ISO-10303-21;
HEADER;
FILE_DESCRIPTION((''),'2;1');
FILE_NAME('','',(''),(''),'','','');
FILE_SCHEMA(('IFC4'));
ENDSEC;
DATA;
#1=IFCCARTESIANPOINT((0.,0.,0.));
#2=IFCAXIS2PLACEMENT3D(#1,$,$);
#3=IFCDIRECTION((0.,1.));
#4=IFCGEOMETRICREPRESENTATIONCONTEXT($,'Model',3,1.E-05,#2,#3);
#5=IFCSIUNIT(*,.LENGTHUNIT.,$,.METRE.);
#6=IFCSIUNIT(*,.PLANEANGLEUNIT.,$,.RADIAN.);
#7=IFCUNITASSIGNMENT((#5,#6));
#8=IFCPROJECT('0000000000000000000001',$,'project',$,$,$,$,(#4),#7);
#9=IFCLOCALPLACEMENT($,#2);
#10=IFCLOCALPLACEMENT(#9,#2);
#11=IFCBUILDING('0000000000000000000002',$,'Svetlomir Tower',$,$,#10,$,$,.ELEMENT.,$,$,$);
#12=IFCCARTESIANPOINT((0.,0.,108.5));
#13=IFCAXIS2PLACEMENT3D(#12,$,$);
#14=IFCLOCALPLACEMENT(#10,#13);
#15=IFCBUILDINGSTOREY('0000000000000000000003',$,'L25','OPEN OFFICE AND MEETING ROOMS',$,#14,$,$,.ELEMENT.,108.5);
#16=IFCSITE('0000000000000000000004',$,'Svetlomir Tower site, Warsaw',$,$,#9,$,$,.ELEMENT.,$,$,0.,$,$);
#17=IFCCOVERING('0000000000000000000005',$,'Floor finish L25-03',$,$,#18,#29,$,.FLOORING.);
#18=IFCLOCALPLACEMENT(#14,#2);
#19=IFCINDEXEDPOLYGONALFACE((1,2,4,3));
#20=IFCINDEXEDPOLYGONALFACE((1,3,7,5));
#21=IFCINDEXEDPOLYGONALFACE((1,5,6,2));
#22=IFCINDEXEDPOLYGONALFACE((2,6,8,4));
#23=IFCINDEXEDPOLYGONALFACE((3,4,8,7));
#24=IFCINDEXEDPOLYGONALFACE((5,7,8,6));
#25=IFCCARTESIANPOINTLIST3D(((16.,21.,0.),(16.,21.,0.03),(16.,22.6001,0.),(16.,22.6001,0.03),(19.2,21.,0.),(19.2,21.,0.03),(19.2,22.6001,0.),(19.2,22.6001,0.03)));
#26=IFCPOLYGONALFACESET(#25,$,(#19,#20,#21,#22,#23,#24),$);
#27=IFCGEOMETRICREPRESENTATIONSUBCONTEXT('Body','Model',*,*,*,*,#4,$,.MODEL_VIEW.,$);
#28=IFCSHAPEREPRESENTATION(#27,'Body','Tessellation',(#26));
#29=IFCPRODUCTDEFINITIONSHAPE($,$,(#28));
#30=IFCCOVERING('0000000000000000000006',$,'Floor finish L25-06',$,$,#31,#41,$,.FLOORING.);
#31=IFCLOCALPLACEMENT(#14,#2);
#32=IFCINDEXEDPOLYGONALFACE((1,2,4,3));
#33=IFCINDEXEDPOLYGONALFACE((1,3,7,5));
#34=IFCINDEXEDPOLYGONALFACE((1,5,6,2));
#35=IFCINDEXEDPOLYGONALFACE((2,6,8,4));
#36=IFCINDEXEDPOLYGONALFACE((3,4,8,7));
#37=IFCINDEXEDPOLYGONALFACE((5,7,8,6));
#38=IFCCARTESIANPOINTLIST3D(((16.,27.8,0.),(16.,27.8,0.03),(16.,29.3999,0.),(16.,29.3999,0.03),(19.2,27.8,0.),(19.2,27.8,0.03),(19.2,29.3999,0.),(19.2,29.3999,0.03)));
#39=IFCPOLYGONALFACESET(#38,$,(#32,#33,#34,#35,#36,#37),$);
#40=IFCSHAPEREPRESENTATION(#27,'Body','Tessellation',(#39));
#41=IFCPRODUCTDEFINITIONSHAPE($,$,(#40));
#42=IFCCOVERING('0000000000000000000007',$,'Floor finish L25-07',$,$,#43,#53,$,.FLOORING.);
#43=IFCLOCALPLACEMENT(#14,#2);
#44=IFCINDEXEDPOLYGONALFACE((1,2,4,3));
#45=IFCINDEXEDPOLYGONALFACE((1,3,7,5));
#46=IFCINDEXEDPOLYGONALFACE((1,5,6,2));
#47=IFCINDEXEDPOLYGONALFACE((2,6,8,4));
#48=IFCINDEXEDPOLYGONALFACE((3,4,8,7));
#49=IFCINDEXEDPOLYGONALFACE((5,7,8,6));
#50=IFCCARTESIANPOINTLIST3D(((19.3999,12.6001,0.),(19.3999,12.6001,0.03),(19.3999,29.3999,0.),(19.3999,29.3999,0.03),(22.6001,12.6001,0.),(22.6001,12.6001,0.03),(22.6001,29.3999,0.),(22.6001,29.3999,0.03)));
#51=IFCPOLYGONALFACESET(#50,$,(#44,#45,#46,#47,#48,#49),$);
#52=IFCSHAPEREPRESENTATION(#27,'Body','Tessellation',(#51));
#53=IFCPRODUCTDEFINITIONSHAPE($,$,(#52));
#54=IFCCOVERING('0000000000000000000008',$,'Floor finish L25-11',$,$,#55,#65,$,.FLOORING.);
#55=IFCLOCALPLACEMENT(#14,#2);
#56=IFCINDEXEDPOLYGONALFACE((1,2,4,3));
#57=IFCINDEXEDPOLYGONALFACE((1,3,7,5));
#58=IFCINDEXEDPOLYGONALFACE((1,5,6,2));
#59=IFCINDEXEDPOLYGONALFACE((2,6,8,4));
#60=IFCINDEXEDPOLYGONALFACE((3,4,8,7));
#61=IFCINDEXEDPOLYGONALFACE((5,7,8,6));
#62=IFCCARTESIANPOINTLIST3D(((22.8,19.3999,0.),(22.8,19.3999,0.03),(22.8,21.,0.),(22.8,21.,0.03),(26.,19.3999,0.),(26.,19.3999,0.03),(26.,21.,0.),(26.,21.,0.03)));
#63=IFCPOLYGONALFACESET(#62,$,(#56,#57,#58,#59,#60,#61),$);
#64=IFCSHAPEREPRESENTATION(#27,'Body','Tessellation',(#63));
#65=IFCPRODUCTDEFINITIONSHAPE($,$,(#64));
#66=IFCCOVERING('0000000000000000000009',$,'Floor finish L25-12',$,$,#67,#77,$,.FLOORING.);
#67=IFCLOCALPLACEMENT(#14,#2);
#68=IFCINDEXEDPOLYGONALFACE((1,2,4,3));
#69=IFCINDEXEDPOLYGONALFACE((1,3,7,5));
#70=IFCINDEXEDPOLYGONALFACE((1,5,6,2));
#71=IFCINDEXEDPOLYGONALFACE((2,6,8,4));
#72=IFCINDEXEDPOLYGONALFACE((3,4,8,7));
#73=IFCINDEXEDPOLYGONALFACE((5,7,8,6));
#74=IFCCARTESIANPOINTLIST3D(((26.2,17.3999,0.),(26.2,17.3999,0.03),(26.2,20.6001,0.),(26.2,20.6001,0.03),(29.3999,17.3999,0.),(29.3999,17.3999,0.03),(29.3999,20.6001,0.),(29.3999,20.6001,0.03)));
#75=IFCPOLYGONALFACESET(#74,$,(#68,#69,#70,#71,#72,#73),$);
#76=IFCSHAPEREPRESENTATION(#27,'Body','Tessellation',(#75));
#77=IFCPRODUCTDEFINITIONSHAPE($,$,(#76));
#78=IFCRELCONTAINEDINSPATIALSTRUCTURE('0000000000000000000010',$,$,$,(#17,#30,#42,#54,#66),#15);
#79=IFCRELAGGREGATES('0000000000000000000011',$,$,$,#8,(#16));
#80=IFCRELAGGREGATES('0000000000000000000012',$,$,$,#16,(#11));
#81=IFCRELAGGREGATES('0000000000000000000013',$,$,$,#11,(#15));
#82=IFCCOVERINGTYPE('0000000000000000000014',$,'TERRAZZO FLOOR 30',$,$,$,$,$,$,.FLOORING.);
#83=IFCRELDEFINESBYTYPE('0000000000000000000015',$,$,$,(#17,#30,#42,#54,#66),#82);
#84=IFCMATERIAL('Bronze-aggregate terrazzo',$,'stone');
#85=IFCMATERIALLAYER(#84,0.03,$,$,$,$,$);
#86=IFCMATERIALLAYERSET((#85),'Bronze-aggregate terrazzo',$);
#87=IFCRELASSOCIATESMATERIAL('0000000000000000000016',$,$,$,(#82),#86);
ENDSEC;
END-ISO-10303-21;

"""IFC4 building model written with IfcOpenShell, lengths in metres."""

from ifc_helpers import new_model, si_unit, direction, frame, origin, place, context, subcontext, project, spatial, polyline, outline, extrude, material, layer, layer_set, type_object, element, save


model = new_model("IFC4")

# Units and contexts
model_context = context("Model", 3, precision=1e-05, world=origin(), true_north=direction((0.0, 1.0)))
body_context = subcontext(model_context, "Body", "Model", "MODEL_VIEW")
ifc_project = project(units=[si_unit("LENGTHUNIT", "METRE"), si_unit("PLANEANGLEUNIT", "RADIAN")], contexts=[model_context])

# Site, building, storey
site_placement = place(None, origin())
site = spatial("IfcSite", under=ifc_project, at=site_placement, Name="Svetlomir Tower site, Warsaw", CompositionType="ELEMENT", RefElevation=0.0)
building_placement = place(site_placement, origin())
building = spatial("IfcBuilding", under=site, at=building_placement, Name="Svetlomir Tower", CompositionType="ELEMENT")
storey_placement = place(building_placement, frame((0.0, 0.0, 108.5)))
storey = spatial("IfcBuildingStorey", under=building, at=storey_placement, Name="L25", Description="OPEN OFFICE AND MEETING ROOMS", CompositionType="ELEMENT", Elevation=108.5)

# Coverings
ifc_material_1 = material(Name="Bronze-aggregate terrazzo", Category="stone")
ifc_layer_1 = layer(ifc_material_1, 0.03)
ifc_layer_set_1 = layer_set([ifc_layer_1], Name="Bronze-aggregate terrazzo")
covering_type_1 = type_object("IfcCoveringType", Name="TERRAZZO FLOOR 30", PredefinedType="FLOORING", material=ifc_layer_set_1)
covering_1_placement = place(storey_placement, origin())
element("IfcCovering", 1, at=covering_1_placement, inside=storey, type_object=covering_type_1, Name="Floor finish L25-03", PredefinedType="FLOORING", context=body_context, shape_type="SweptSolid", body=[
    extrude(outline(polyline([(16.0, 21.0), (19.2, 21.0), (19.2, 22.6001), (16.0, 22.6001), (16.0, 21.0)])), origin(), (0.0, 0.0, 1.0), 0.03),
])
covering_2_placement = place(storey_placement, origin())
element("IfcCovering", 2, at=covering_2_placement, inside=storey, type_object=covering_type_1, Name="Floor finish L25-06", PredefinedType="FLOORING", context=body_context, shape_type="SweptSolid", body=[
    extrude(outline(polyline([(16.0, 27.8), (19.2, 27.8), (19.2, 29.3999), (16.0, 29.3999), (16.0, 27.8)])), origin(), (0.0, 0.0, 1.0), 0.03),
])
covering_3_placement = place(storey_placement, origin())
element("IfcCovering", 3, at=covering_3_placement, inside=storey, type_object=covering_type_1, Name="Floor finish L25-07", PredefinedType="FLOORING", context=body_context, shape_type="SweptSolid", body=[
    extrude(outline(polyline([(19.3999, 12.6001), (22.6001, 12.6001), (22.6001, 29.3999), (19.3999, 29.3999), (19.3999, 12.6001)])), origin(), (0.0, 0.0, 1.0), 0.03),
])
covering_4_placement = place(storey_placement, origin())
element("IfcCovering", 4, at=covering_4_placement, inside=storey, type_object=covering_type_1, Name="Floor finish L25-11", PredefinedType="FLOORING", context=body_context, shape_type="SweptSolid", body=[
    extrude(outline(polyline([(22.8, 19.3999), (26.0, 19.3999), (26.0, 21.0), (22.8, 21.0), (22.8, 19.3999)])), origin(), (0.0, 0.0, 1.0), 0.03),
])
covering_5_placement = place(storey_placement, origin())
element("IfcCovering", 5, at=covering_5_placement, inside=storey, type_object=covering_type_1, Name="Floor finish L25-12", PredefinedType="FLOORING", context=body_context, shape_type="SweptSolid", body=[
    extrude(outline(polyline([(26.2, 17.3999), (29.3999, 17.3999), (29.3999, 20.6001), (26.2, 20.6001), (26.2, 17.3999)])), origin(), (0.0, 0.0, 1.0), 0.03),
])

save(model, "model.ifc")
